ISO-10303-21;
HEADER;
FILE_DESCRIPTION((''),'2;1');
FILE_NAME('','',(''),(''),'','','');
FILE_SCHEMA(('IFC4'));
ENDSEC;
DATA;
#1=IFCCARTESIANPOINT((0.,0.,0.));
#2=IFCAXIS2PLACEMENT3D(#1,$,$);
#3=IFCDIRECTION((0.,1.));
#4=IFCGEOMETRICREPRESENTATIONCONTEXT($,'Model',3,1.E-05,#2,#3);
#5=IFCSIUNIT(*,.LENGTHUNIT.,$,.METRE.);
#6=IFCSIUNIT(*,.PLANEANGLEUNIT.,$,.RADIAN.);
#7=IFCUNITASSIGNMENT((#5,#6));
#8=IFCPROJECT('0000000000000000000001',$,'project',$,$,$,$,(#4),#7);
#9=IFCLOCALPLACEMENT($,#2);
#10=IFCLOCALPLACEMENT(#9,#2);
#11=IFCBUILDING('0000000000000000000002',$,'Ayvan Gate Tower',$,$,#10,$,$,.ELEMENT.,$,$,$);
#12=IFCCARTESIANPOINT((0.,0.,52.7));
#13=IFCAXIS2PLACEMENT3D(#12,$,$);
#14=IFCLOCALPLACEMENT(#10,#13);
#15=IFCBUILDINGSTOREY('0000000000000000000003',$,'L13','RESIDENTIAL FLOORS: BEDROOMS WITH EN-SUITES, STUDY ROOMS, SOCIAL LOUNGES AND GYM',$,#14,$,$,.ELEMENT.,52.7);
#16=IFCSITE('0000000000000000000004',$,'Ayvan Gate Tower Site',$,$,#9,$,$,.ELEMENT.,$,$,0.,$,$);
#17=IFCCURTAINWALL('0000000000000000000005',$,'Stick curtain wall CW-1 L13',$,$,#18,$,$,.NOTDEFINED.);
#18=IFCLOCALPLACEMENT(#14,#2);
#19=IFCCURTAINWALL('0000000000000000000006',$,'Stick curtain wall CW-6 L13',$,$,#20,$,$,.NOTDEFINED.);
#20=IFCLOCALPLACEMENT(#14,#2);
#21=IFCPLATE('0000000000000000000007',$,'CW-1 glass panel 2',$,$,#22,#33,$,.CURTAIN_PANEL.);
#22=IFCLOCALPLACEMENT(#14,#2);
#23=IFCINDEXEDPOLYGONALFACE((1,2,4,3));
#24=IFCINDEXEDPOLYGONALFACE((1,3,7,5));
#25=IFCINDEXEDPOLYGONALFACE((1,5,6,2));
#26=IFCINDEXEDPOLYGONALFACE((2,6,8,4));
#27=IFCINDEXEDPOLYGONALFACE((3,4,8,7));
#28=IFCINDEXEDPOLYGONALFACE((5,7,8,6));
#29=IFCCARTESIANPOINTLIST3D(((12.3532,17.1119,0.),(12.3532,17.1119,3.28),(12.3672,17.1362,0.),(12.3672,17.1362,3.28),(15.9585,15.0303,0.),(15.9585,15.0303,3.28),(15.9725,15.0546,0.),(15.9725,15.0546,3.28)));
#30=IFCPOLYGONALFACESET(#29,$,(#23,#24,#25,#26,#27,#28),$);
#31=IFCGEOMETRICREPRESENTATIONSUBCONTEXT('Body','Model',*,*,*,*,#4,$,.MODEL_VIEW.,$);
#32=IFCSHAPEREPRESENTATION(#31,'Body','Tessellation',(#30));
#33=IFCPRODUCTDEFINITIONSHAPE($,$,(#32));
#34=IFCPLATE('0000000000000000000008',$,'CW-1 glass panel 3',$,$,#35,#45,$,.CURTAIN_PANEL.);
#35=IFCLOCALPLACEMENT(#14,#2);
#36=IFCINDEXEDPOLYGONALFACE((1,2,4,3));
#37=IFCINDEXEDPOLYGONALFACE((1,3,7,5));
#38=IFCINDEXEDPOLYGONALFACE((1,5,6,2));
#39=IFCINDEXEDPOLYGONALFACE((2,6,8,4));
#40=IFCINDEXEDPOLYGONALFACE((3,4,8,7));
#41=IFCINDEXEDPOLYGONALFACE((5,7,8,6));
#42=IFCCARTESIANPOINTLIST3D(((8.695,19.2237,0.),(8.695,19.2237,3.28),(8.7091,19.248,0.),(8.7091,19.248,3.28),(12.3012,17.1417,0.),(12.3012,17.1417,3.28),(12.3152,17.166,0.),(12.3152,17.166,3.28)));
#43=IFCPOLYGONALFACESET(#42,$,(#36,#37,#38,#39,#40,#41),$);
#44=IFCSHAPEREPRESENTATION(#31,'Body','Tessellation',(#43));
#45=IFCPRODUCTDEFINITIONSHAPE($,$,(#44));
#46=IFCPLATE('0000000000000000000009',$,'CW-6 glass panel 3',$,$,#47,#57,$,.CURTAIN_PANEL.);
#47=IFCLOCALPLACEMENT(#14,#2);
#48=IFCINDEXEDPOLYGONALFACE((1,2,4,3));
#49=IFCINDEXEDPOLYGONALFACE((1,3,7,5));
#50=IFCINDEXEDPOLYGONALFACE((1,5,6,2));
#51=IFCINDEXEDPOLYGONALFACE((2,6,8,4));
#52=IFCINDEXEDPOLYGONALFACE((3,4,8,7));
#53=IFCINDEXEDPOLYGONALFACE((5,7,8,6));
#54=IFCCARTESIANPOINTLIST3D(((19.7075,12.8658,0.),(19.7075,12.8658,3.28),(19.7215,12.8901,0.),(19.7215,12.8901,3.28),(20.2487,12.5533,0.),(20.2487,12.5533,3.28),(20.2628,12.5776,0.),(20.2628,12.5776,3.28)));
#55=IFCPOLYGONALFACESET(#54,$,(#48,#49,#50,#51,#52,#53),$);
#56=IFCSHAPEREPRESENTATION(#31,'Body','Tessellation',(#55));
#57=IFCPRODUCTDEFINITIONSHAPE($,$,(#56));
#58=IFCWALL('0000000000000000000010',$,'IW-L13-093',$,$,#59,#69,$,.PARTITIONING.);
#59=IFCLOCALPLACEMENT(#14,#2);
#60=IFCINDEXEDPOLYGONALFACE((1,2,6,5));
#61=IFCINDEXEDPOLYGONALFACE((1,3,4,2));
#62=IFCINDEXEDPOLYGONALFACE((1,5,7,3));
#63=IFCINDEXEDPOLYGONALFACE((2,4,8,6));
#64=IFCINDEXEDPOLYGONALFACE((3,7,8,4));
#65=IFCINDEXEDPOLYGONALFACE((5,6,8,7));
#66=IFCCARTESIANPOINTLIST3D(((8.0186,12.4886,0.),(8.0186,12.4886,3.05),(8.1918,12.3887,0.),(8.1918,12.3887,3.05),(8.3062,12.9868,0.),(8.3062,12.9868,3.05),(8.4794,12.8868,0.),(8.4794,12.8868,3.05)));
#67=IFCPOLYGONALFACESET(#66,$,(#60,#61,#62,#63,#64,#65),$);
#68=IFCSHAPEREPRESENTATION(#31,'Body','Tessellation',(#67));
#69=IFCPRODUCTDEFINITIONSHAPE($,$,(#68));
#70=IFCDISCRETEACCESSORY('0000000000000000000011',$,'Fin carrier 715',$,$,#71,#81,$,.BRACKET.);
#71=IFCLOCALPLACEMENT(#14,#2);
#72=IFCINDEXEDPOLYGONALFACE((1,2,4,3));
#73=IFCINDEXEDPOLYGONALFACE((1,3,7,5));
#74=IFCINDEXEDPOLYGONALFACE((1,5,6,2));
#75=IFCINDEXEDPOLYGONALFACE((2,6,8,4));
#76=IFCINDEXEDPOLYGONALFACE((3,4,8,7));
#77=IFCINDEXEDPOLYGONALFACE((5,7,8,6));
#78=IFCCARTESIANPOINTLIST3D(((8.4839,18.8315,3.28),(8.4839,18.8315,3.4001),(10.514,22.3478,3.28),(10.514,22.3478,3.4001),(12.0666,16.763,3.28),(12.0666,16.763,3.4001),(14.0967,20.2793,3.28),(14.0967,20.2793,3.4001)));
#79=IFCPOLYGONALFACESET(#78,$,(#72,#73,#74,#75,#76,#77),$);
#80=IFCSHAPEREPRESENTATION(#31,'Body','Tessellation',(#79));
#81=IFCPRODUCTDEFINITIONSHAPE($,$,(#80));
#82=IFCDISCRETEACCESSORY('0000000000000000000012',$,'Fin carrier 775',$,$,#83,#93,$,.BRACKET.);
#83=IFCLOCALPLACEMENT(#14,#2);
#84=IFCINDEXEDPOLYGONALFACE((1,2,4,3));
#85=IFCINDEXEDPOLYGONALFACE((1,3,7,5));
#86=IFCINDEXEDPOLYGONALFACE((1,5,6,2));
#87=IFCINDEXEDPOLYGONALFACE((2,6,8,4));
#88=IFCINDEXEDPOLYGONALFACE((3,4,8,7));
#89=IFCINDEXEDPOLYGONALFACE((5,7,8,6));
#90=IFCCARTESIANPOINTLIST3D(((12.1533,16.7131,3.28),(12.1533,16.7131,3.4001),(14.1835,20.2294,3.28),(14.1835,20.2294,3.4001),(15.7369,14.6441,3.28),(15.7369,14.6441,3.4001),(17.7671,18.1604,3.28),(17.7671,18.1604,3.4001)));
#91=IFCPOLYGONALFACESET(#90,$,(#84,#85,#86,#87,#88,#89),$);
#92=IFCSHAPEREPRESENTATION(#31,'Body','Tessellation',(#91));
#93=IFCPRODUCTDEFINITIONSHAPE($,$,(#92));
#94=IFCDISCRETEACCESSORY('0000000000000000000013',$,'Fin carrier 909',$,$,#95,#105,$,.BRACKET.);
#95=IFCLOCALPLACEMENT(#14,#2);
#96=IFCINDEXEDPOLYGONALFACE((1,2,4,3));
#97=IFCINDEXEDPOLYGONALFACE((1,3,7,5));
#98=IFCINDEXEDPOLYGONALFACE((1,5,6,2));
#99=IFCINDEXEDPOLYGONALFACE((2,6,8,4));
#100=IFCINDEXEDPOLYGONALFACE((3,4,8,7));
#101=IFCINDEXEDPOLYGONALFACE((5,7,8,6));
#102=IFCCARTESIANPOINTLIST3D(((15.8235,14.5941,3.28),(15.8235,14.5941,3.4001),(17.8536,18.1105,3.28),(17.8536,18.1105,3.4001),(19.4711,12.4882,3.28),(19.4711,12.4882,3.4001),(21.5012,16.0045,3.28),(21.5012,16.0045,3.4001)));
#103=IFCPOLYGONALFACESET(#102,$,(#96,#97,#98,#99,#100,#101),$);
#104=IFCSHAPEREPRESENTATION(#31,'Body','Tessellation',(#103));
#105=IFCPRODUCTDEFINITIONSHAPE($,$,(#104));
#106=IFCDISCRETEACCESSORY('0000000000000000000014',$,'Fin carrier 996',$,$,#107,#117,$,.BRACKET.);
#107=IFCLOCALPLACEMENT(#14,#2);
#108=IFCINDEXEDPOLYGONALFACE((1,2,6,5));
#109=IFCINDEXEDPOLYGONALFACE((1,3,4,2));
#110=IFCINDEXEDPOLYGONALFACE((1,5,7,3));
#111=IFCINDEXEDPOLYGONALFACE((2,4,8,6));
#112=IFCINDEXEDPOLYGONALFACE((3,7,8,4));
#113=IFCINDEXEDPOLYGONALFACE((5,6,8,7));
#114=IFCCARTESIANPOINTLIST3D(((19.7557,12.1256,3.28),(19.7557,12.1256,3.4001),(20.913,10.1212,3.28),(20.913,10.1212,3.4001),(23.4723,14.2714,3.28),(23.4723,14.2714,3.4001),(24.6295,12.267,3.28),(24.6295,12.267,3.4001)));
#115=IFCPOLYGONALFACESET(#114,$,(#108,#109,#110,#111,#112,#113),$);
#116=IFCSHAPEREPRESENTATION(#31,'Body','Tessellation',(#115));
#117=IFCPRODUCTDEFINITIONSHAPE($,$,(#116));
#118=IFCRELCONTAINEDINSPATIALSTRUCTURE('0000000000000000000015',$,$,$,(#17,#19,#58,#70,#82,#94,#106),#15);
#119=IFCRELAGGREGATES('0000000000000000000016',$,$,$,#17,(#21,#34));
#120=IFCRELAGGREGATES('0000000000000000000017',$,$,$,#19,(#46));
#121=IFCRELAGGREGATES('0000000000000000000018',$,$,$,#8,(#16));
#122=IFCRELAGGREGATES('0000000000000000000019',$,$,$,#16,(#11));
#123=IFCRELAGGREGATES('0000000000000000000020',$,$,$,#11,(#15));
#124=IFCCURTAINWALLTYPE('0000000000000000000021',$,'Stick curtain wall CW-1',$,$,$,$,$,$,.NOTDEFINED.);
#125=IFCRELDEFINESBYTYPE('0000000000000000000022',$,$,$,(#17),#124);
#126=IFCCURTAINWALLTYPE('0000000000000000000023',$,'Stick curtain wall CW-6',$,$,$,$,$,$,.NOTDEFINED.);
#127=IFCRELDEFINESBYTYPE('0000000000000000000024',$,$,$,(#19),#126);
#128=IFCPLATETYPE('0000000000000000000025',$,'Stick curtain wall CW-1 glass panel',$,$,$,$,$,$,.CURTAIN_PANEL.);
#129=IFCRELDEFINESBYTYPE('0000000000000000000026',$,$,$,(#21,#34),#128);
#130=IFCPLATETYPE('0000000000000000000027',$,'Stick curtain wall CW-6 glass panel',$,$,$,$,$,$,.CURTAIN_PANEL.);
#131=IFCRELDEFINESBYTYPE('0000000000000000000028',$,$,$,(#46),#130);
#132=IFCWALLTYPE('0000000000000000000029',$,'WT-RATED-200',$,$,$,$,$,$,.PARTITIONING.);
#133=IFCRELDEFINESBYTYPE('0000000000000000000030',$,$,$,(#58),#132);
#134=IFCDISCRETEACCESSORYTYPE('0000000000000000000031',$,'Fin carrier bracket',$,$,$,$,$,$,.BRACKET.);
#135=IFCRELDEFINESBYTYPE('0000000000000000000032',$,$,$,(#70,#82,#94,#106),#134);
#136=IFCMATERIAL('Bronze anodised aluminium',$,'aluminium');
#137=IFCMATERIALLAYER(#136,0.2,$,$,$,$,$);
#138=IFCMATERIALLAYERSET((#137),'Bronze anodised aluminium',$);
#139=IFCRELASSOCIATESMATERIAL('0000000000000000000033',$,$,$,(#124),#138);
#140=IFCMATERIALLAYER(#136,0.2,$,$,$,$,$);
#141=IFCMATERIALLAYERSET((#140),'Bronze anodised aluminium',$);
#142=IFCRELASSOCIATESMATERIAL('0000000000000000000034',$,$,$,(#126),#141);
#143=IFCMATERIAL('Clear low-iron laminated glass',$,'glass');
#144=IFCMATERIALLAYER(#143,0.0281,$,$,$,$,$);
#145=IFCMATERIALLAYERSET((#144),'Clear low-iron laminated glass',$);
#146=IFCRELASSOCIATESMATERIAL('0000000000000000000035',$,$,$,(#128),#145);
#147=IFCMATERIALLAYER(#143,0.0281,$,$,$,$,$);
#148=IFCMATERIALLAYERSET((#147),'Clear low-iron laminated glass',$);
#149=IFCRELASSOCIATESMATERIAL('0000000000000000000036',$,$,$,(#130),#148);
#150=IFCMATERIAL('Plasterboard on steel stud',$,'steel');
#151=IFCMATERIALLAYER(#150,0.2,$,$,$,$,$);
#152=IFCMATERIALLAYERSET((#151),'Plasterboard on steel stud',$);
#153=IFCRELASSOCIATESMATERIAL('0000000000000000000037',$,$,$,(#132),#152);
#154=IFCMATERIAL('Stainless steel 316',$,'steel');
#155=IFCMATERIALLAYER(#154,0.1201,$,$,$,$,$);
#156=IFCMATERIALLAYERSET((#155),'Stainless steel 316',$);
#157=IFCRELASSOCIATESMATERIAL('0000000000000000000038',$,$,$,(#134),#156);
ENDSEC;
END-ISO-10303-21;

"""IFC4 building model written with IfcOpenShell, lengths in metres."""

from ifc_helpers import new_model, si_unit, direction, frame, frame_2d, origin, origin_2d, place, context, subcontext, project, spatial, rectangle, extrude, material, layer, layer_set, type_object, element, aggregate, save


model = new_model("IFC4")

# Units and contexts
model_context = context("Model", 3, precision=1e-05, world=origin(), true_north=direction((0.0, 1.0)))
body_context = subcontext(model_context, "Body", "Model", "MODEL_VIEW")
ifc_project = project(units=[si_unit("LENGTHUNIT", "METRE"), si_unit("PLANEANGLEUNIT", "RADIAN")], contexts=[model_context])

# Site, building, storey
site_placement = place(None, origin())
site = spatial("IfcSite", under=ifc_project, at=site_placement, Name="Ayvan Gate Tower Site", CompositionType="ELEMENT", RefElevation=0.0)
building_placement = place(site_placement, origin())
building = spatial("IfcBuilding", under=site, at=building_placement, Name="Ayvan Gate Tower", CompositionType="ELEMENT")
storey_placement = place(building_placement, frame((0.0, 0.0, 52.7)))
storey = spatial("IfcBuildingStorey", under=building, at=storey_placement, Name="L13", Description="RESIDENTIAL FLOORS: BEDROOMS WITH EN-SUITES, STUDY ROOMS, SOCIAL LOUNGES AND GYM", CompositionType="ELEMENT", Elevation=52.7)

# Curtain walls
ifc_material_1 = material(Name="Bronze anodised aluminium", Category="aluminium")
ifc_layer_1 = layer(ifc_material_1, 0.2)
ifc_layer_set_1 = layer_set([ifc_layer_1], Name="Bronze anodised aluminium")
curtain_wall_type_1 = type_object("IfcCurtainWallType", Name="Stick curtain wall CW-1", PredefinedType="NOTDEFINED", material=ifc_layer_set_1)
curtain_wall_1_placement = place(storey_placement, origin())
curtain_wall_1 = element("IfcCurtainWall", 1, at=curtain_wall_1_placement, inside=storey, type_object=curtain_wall_type_1, Name="Stick curtain wall CW-1 L13", PredefinedType="NOTDEFINED")
ifc_layer_2 = layer(ifc_material_1, 0.2)
ifc_layer_set_2 = layer_set([ifc_layer_2], Name="Bronze anodised aluminium")
curtain_wall_type_2 = type_object("IfcCurtainWallType", Name="Stick curtain wall CW-6", PredefinedType="NOTDEFINED", material=ifc_layer_set_2)
curtain_wall_2_placement = place(storey_placement, origin())
curtain_wall_2 = element("IfcCurtainWall", 2, at=curtain_wall_2_placement, inside=storey, type_object=curtain_wall_type_2, Name="Stick curtain wall CW-6 L13", PredefinedType="NOTDEFINED")

# Plates
ifc_material_2 = material(Name="Clear low-iron laminated glass", Category="glass")
ifc_layer_3 = layer(ifc_material_2, 0.0281)
ifc_layer_set_3 = layer_set([ifc_layer_3], Name="Clear low-iron laminated glass")
plate_type_1 = type_object("IfcPlateType", Name="Stick curtain wall CW-1 glass panel", PredefinedType="CURTAIN_PANEL", material=ifc_layer_set_3)
plate_1_placement = place(storey_placement, frame((14.1628, 16.0833, 0.0), z_axis=(0.0, 0.0, 1.0), x_axis=(-0.866025, 0.5, 0.0)))
plate_1 = element("IfcPlate", 3, at=plate_1_placement, type_object=plate_type_1, Name="CW-1 glass panel 2", PredefinedType="CURTAIN_PANEL", context=body_context, shape_type="SweptSolid", body=[
    extrude(rectangle(XDim=4.1631, YDim=0.0281, at=origin_2d()), origin(), (0.0, 0.0, 1.0), 3.28),
])
plate_2_placement = place(storey_placement, frame((10.5051, 18.1948, 0.0), z_axis=(0.0, 0.0, 1.0), x_axis=(-0.866025, 0.5, 0.0)))
plate_2 = element("IfcPlate", 4, at=plate_2_placement, type_object=plate_type_1, Name="CW-1 glass panel 3", PredefinedType="CURTAIN_PANEL", context=body_context, shape_type="SweptSolid", body=[
    extrude(rectangle(XDim=4.1641, YDim=0.0281, at=origin_2d()), origin(), (0.0, 0.0, 1.0), 3.28),
])
aggregate(curtain_wall_1, [plate_1, plate_2])
ifc_layer_4 = layer(ifc_material_2, 0.0281)
ifc_layer_set_4 = layer_set([ifc_layer_4], Name="Clear low-iron laminated glass")
plate_type_2 = type_object("IfcPlateType", Name="Stick curtain wall CW-6 glass panel", PredefinedType="CURTAIN_PANEL", material=ifc_layer_set_4)
plate_3_placement = place(storey_placement, frame((19.9851, 12.7217, 0.0), z_axis=(0.0, 0.0, 1.0), x_axis=(-0.866025, 0.5, 0.0)))
plate_3 = element("IfcPlate", 5, at=plate_3_placement, type_object=plate_type_2, Name="CW-6 glass panel 3", PredefinedType="CURTAIN_PANEL", context=body_context, shape_type="SweptSolid", body=[
    extrude(rectangle(XDim=0.625, YDim=0.0281, at=origin_2d()), origin(), (0.0, 0.0, 1.0), 3.28),
])
aggregate(curtain_wall_2, [plate_3])

# Wall
ifc_material_3 = material(Name="Plasterboard on steel stud", Category="steel")
ifc_layer_5 = layer(ifc_material_3, 0.2)
ifc_layer_set_5 = layer_set([ifc_layer_5], Name="Plasterboard on steel stud")
wall_type = type_object("IfcWallType", Name="WT-RATED-200", PredefinedType="PARTITIONING", material=ifc_layer_set_5)
wall_placement = place(storey_placement, frame((8.3928, 12.9368, 0.0), z_axis=(0.0, 0.0, 1.0), x_axis=(-0.500065, -0.865988, 0.0)))
element("IfcWall", 6, at=wall_placement, inside=storey, type_object=wall_type, Name="IW-L13-093", PredefinedType="PARTITIONING", context=body_context, shape_type="SweptSolid", body=[
    extrude(rectangle(XDim=0.5752, YDim=0.2, at=frame_2d((0.2876, 0.0))), origin(), (0.0, 0.0, 1.0), 3.05),
])

# Discrete accessories
ifc_material_4 = material(Name="Stainless steel 316", Category="steel")
ifc_layer_6 = layer(ifc_material_4, 0.1201)
ifc_layer_set_6 = layer_set([ifc_layer_6], Name="Stainless steel 316")
discrete_accessory_type = type_object("IfcDiscreteAccessoryType", Name="Fin carrier bracket", PredefinedType="BRACKET", material=ifc_layer_set_6)
discrete_accessory_1_placement = place(storey_placement, frame((11.2903, 19.5554, 3.28), z_axis=(0.0, 0.0, 1.0), x_axis=(-0.866025, 0.5, 0.0)))
element("IfcDiscreteAccessory", 7, at=discrete_accessory_1_placement, inside=storey, type_object=discrete_accessory_type, Name="Fin carrier 715", PredefinedType="BRACKET", context=body_context, shape_type="SweptSolid", body=[
    extrude(rectangle(XDim=4.137, YDim=4.0603, at=origin_2d()), origin(), (0.0, 0.0, 1.0), 0.1201),
])
discrete_accessory_2_placement = place(storey_placement, frame((14.9602, 17.4368, 3.28), z_axis=(0.0, 0.0, 1.0), x_axis=(-0.866025, 0.5, 0.0)))
element("IfcDiscreteAccessory", 8, at=discrete_accessory_2_placement, inside=storey, type_object=discrete_accessory_type, Name="Fin carrier 775", PredefinedType="BRACKET", context=body_context, shape_type="SweptSolid", body=[
    extrude(rectangle(XDim=4.1379, YDim=4.0603, at=origin_2d()), origin(), (0.0, 0.0, 1.0), 0.1201),
])
discrete_accessory_3_placement = place(storey_placement, frame((18.6624, 15.2993, 3.28), z_axis=(0.0, 0.0, 1.0), x_axis=(-0.866025, 0.5, 0.0)))
element("IfcDiscreteAccessory", 9, at=discrete_accessory_3_placement, inside=storey, type_object=discrete_accessory_type, Name="Fin carrier 909", PredefinedType="BRACKET", context=body_context, shape_type="SweptSolid", body=[
    extrude(rectangle(XDim=4.2119, YDim=4.0603, at=origin_2d()), origin(), (0.0, 0.0, 1.0), 0.1201),
])
discrete_accessory_4_placement = place(storey_placement, frame((22.1926, 12.1963, 3.28), z_axis=(0.0, 0.0, 1.0), x_axis=(-0.5, 0.866025, 0.0)))
element("IfcDiscreteAccessory", 10, at=discrete_accessory_4_placement, inside=storey, type_object=discrete_accessory_type, Name="Fin carrier 996", PredefinedType="BRACKET", context=body_context, shape_type="SweptSolid", body=[
    extrude(rectangle(XDim=2.3145, YDim=4.2915, at=origin_2d()), origin(), (0.0, 0.0, 1.0), 0.1201),
])

save(model, "model.ifc")
